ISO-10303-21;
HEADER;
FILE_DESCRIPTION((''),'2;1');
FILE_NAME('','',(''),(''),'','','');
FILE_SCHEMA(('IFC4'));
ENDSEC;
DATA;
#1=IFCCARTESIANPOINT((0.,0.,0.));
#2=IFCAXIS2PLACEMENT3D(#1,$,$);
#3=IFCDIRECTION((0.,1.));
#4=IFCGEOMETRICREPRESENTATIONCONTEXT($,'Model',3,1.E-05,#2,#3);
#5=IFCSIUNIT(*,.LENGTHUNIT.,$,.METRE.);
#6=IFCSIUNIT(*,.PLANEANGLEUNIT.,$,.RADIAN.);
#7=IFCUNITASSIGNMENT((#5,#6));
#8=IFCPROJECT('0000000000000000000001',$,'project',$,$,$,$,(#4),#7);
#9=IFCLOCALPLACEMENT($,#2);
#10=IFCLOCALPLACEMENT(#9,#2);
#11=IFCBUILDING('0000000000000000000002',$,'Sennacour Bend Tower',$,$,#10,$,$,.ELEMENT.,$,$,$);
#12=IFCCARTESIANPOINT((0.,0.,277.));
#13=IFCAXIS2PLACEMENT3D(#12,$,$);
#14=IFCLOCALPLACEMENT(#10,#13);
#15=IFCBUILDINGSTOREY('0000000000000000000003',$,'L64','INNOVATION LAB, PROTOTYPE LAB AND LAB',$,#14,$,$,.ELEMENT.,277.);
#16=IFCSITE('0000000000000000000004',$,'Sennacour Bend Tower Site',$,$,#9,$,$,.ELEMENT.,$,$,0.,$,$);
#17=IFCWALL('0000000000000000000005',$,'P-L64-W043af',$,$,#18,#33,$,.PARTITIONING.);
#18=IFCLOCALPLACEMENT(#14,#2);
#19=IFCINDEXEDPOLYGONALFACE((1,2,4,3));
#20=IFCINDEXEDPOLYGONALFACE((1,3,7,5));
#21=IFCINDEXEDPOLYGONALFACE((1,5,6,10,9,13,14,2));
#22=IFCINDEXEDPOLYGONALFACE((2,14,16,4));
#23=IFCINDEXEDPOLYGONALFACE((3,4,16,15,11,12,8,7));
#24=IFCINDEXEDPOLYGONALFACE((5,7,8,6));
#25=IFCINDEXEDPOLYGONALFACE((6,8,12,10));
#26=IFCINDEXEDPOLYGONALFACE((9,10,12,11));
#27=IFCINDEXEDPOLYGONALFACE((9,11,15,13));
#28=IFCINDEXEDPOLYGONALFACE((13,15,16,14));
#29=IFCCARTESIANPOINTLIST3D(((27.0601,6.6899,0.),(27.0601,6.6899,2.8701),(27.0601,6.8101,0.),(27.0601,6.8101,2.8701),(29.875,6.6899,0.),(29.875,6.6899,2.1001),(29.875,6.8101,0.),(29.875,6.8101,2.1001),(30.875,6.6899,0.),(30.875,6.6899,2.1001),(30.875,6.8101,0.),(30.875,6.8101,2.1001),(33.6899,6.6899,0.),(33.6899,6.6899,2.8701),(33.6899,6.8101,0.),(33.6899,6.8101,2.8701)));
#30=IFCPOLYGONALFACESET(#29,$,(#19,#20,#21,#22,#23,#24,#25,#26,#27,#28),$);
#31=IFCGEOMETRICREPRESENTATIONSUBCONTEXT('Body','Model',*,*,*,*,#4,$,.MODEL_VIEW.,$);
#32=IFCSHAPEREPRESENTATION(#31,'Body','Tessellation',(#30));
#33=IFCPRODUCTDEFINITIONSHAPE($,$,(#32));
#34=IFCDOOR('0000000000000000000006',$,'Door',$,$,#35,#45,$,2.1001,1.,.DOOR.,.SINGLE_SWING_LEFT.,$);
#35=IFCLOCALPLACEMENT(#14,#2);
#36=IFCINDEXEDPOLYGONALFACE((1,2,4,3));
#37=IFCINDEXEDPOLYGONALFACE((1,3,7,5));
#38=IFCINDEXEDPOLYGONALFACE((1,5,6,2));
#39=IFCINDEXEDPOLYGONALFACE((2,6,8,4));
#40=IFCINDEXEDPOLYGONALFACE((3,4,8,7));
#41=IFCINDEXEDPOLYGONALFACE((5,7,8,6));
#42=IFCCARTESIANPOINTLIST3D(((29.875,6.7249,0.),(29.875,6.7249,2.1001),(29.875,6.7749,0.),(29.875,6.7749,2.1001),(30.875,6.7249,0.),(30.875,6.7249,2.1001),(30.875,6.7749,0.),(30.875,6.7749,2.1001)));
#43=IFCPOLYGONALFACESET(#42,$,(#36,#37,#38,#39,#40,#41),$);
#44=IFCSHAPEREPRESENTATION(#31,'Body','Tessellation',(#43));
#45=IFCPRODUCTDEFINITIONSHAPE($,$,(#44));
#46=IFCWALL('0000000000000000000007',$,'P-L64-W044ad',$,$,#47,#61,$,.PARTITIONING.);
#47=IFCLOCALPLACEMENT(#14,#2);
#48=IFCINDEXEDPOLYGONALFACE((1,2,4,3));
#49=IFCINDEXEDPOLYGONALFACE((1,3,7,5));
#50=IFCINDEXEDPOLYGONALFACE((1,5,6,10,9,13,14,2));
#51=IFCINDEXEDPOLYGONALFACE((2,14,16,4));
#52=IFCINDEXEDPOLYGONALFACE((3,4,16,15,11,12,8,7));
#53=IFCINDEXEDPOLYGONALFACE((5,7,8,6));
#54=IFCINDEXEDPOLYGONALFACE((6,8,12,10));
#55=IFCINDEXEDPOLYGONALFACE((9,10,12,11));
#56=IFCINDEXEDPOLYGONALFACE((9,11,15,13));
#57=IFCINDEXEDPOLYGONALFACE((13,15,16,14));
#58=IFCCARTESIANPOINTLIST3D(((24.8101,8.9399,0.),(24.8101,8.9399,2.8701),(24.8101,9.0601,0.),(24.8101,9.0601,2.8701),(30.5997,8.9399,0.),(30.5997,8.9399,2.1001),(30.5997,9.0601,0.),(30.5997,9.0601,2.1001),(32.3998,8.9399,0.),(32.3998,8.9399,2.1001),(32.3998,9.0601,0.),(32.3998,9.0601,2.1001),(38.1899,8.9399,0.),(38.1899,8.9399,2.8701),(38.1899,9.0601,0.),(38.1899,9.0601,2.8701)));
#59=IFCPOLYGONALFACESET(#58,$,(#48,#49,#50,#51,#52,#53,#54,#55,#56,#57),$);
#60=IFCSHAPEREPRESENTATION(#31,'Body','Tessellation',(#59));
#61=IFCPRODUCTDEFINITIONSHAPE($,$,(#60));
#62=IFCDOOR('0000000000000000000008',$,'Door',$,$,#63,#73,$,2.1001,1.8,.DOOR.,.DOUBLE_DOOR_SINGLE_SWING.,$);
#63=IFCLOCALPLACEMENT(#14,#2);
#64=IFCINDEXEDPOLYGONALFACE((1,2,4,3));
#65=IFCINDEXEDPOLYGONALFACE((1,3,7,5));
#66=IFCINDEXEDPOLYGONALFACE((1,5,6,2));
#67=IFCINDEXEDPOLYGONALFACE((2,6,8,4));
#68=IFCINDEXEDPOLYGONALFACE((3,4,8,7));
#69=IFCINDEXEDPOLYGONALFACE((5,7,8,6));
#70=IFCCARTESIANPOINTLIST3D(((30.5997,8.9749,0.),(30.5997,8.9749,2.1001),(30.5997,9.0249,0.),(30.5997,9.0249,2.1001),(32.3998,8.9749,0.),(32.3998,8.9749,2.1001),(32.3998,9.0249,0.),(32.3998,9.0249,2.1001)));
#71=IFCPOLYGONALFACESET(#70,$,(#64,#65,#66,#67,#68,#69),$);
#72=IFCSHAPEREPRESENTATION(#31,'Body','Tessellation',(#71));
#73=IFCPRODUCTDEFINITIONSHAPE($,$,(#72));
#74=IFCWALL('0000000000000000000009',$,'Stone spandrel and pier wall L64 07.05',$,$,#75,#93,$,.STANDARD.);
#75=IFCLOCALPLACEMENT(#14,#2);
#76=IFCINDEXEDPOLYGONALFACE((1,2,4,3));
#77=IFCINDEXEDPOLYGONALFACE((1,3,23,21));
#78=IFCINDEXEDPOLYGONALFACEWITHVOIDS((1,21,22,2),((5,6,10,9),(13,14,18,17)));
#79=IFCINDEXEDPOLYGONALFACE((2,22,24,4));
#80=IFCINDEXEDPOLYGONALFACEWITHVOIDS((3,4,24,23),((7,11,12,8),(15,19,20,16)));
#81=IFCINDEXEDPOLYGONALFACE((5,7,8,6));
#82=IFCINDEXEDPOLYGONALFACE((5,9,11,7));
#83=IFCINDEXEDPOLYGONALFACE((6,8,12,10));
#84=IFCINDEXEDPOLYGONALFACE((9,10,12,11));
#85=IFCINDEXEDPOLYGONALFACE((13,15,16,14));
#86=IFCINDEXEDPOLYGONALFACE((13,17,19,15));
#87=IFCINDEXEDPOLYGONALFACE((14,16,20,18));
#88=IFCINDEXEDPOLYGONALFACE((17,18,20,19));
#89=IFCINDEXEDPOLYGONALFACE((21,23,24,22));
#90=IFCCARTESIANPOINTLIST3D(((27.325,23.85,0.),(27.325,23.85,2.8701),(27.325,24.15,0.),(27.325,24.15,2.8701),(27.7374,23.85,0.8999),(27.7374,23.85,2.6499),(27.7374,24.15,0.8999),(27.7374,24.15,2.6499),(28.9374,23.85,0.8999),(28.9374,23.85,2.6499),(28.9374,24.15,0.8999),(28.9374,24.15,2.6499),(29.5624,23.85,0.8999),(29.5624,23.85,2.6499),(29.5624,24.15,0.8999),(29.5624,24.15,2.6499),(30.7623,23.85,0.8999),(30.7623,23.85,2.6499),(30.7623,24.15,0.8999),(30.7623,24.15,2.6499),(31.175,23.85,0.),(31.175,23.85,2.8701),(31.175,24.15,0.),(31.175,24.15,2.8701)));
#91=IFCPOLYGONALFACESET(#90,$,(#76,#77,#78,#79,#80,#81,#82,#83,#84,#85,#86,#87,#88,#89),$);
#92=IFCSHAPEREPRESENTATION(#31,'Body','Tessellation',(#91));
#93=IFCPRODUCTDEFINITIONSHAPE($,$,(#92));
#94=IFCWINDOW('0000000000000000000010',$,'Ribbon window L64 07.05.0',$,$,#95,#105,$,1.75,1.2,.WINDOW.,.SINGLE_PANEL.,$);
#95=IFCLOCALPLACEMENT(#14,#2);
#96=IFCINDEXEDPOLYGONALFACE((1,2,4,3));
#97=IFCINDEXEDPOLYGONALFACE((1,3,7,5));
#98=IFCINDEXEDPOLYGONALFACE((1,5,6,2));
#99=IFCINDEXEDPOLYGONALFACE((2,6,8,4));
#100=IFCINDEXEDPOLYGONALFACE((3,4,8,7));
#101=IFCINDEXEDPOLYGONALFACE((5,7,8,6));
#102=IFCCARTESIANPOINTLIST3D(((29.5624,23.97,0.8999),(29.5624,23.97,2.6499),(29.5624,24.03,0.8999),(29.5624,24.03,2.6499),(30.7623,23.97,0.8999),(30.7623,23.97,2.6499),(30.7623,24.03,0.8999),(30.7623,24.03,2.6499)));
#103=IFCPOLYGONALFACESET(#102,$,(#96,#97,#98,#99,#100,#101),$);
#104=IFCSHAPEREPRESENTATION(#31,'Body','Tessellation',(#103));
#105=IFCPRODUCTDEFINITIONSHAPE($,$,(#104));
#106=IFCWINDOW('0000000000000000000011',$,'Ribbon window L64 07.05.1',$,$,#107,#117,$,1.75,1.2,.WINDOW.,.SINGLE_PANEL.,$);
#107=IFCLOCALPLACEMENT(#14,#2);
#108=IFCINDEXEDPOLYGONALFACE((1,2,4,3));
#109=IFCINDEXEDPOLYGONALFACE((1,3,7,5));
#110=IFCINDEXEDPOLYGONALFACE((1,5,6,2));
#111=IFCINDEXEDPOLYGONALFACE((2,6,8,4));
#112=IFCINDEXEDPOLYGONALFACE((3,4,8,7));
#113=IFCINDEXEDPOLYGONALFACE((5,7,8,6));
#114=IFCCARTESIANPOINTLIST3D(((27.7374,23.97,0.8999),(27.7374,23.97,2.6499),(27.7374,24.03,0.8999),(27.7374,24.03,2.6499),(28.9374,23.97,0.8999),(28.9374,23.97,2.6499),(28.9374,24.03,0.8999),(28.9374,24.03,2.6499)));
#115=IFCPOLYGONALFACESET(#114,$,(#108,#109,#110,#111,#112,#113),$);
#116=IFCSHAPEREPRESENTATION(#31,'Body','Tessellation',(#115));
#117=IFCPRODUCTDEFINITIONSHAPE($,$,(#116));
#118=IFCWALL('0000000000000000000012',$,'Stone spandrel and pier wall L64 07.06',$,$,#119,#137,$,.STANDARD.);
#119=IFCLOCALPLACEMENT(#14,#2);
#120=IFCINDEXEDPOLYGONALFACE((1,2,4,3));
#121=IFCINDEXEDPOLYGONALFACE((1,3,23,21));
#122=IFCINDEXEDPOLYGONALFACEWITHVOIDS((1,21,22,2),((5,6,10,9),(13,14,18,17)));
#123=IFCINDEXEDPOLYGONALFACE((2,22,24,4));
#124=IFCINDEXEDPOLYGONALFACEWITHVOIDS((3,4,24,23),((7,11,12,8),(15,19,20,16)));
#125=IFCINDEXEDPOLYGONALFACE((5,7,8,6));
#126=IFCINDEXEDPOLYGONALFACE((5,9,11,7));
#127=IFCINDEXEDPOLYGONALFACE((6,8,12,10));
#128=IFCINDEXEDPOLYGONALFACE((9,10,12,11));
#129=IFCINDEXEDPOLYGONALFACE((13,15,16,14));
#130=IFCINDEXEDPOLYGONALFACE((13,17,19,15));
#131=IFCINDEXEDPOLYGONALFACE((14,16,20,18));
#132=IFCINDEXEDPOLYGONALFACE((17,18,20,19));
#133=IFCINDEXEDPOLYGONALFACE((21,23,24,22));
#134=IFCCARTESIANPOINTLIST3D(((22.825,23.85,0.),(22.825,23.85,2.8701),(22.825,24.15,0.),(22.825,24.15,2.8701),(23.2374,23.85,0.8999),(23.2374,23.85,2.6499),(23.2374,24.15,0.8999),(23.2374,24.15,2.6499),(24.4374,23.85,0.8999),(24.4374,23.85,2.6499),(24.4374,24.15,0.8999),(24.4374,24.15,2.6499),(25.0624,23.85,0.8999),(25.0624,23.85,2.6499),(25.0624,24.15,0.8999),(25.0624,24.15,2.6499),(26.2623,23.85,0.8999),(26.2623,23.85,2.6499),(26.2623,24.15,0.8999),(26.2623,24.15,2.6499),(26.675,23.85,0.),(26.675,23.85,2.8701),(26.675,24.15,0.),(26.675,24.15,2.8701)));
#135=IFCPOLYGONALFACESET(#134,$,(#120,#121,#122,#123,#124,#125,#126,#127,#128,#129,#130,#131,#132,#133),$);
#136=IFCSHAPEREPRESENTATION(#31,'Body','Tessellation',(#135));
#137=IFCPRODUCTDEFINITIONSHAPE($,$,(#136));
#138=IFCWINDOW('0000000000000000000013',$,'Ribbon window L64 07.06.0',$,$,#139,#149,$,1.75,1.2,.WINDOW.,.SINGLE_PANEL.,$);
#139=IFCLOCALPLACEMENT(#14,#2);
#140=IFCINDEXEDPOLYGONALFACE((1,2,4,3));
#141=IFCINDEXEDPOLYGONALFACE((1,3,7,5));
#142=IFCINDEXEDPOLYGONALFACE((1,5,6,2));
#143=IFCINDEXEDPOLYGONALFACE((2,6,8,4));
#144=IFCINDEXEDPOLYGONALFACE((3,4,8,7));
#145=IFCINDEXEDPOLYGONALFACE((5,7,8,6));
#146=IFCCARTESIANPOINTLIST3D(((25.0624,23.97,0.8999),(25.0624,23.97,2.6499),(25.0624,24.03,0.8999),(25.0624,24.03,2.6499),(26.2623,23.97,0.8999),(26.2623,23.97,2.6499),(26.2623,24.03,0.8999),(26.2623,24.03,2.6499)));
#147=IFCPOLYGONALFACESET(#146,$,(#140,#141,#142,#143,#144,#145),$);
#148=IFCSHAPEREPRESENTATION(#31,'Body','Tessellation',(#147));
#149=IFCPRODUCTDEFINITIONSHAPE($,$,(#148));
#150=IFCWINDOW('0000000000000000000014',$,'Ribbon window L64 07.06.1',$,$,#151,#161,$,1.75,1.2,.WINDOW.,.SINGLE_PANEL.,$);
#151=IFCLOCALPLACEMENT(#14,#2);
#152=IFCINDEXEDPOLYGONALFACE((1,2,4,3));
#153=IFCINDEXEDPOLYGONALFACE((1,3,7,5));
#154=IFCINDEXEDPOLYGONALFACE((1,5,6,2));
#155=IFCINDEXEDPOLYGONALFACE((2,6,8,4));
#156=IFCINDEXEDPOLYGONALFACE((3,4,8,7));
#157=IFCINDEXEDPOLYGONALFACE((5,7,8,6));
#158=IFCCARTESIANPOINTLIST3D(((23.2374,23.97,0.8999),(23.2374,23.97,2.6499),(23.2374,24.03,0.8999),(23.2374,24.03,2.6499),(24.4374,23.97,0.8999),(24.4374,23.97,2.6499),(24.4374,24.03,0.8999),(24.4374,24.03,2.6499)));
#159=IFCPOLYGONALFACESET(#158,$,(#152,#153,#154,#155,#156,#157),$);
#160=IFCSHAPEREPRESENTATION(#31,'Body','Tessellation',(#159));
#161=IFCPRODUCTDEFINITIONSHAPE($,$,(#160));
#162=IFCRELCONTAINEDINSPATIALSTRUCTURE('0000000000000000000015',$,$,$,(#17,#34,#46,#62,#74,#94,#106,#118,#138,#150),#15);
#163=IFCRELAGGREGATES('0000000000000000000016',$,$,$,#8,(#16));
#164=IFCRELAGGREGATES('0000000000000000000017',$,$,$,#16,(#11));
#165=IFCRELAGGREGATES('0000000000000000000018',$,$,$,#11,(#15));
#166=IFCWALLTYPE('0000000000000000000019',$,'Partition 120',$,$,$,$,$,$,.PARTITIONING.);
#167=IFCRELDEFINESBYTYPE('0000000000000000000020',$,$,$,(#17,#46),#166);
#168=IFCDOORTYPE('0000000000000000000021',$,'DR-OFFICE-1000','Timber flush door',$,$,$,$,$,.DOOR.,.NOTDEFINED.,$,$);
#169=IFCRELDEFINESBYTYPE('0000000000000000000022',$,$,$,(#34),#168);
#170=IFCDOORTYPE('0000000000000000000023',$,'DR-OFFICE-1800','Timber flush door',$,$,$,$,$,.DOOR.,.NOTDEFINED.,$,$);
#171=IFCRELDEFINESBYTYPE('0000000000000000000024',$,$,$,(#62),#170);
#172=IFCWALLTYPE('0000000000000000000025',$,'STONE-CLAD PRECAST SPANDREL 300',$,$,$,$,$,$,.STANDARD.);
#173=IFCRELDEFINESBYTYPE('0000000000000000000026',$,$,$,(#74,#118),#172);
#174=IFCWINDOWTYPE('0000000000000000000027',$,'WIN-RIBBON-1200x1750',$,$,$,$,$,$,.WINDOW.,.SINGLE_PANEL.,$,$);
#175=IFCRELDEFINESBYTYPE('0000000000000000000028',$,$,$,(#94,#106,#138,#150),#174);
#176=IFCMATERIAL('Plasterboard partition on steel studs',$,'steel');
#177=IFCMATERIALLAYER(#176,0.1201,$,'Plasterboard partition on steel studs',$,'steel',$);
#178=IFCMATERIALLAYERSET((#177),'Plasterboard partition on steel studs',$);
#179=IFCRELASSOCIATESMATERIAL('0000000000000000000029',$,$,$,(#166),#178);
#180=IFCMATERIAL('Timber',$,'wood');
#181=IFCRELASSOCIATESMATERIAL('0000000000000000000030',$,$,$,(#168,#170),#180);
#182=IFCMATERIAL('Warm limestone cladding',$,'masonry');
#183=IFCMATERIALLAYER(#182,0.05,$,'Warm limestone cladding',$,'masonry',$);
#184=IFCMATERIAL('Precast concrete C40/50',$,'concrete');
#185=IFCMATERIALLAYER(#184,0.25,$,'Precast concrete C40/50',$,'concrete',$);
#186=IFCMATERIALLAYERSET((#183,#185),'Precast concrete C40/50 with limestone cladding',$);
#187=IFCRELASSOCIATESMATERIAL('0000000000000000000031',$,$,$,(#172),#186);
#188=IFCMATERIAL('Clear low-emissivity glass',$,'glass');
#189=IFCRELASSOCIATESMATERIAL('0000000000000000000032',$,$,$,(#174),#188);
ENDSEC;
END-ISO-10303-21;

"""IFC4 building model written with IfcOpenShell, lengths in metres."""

from ifc_helpers import new_model, si_unit, direction, frame, frame_2d, origin, place, context, subcontext, project, spatial, rectangle, extrude, material, layer, layer_set, type_object, element, fill, save


model = new_model("IFC4")

# Units and contexts
model_context = context("Model", 3, precision=1e-05, world=origin(), true_north=direction((0.0, 1.0)))
body_context = subcontext(model_context, "Body", "Model", "MODEL_VIEW")
ifc_project = project(units=[si_unit("LENGTHUNIT", "METRE"), si_unit("PLANEANGLEUNIT", "RADIAN")], contexts=[model_context])

# Site, building, storey
site_placement = place(None, origin())
site = spatial("IfcSite", under=ifc_project, at=site_placement, Name="Sennacour Bend Tower Site", CompositionType="ELEMENT", RefElevation=0.0)
building_placement = place(site_placement, origin())
building = spatial("IfcBuilding", under=site, at=building_placement, Name="Sennacour Bend Tower", CompositionType="ELEMENT")
storey_placement = place(building_placement, frame((0.0, 0.0, 277.0)))
storey = spatial("IfcBuildingStorey", under=building, at=storey_placement, Name="L64", Description="INNOVATION LAB, PROTOTYPE LAB AND LAB", CompositionType="ELEMENT", Elevation=277.0)

# Shared definitions
ifc_material_1 = material(Name="Plasterboard partition on steel studs", Category="steel")
ifc_layer_1 = layer(ifc_material_1, 0.1201, Name="Plasterboard partition on steel studs", Category="steel")
ifc_layer_set_1 = layer_set([ifc_layer_1], Name="Plasterboard partition on steel studs")
wall_type_1 = type_object("IfcWallType", Name="Partition 120", PredefinedType="PARTITIONING", material=ifc_layer_set_1)

# Walls, openings, doors
ifc_material_2 = material(Name="Timber", Category="wood")
door_type_1 = type_object("IfcDoorType", Name="DR-OFFICE-1000", Description="Timber flush door", OperationType="NOTDEFINED", PredefinedType="DOOR", material=ifc_material_2)
wall_1_placement = place(storey_placement, frame((27.0601, 6.75, 0.0), z_axis=(0.0, 0.0, 1.0), x_axis=(1.0, 0.0, 0.0)))
wall_1 = element("IfcWall", 1, at=wall_1_placement, inside=storey, type_object=wall_type_1, Name="P-L64-W043af", PredefinedType="PARTITIONING", context=body_context, shape_type="SweptSolid", body=[
    extrude(rectangle(XDim=6.6299, YDim=0.1201, at=frame_2d((3.3149, 0.0))), origin(), (0.0, 0.0, 1.0), 2.8701),
])
opening_1_placement = place(wall_1_placement, frame((2.8149, 0.0, 0.0)))
opening_1 = element("IfcOpeningElement", 2, at=opening_1_placement, cuts=wall_1, PredefinedType="OPENING", context=body_context, shape_type="SweptSolid", body=[
    extrude(rectangle(XDim=1.0, YDim=2.1001, at=frame_2d((0.5, 1.05))), frame((0.0, 0.0701, 0.0), z_axis=(0.0, -1.0, 0.0), x_axis=(1.0, 0.0, 0.0)), (0.0, 0.0, 1.0), 0.1401),
])
door_1_placement = place(opening_1_placement, origin())
door_1 = element("IfcDoor", 3, at=door_1_placement, inside=storey, type_object=door_type_1, Name="Door", OperationType="SINGLE_SWING_LEFT", OverallHeight=2.1001, OverallWidth=1.0, PredefinedType="DOOR", context=body_context, shape_type="SweptSolid", body=[
    extrude(rectangle(XDim=1.0, YDim=2.1001, at=frame_2d((0.5, 1.05))), frame((0.0, 0.0249, 0.0), z_axis=(0.0, -1.0, 0.0), x_axis=(1.0, 0.0, 0.0)), (0.0, 0.0, 1.0), 0.05),
])
fill(opening_1, door_1)
wall_2_placement = place(storey_placement, frame((24.8101, 9.0, 0.0), z_axis=(0.0, 0.0, 1.0), x_axis=(1.0, 0.0, 0.0)))
wall_2 = element("IfcWall", 4, at=wall_2_placement, inside=storey, type_object=wall_type_1, Name="P-L64-W044ad", PredefinedType="PARTITIONING", context=body_context, shape_type="SweptSolid", body=[
    extrude(rectangle(XDim=13.3799, YDim=0.1201, at=frame_2d((6.6899, 0.0))), origin(), (0.0, 0.0, 1.0), 2.8701),
])
opening_2_placement = place(wall_2_placement, frame((5.7898, 0.0, 0.0)))
opening_2 = element("IfcOpeningElement", 5, at=opening_2_placement, cuts=wall_2, PredefinedType="OPENING", context=body_context, shape_type="SweptSolid", body=[
    extrude(rectangle(XDim=1.8, YDim=2.1001, at=frame_2d((0.8999, 1.05))), frame((0.0, 0.0701, 0.0), z_axis=(0.0, -1.0, 0.0), x_axis=(1.0, 0.0, 0.0)), (0.0, 0.0, 1.0), 0.1401),
])
door_type_2 = type_object("IfcDoorType", Name="DR-OFFICE-1800", Description="Timber flush door", OperationType="NOTDEFINED", PredefinedType="DOOR", material=ifc_material_2)
door_2_placement = place(opening_2_placement, origin())
door_2 = element("IfcDoor", 6, at=door_2_placement, inside=storey, type_object=door_type_2, Name="Door", OperationType="DOUBLE_DOOR_SINGLE_SWING", OverallHeight=2.1001, OverallWidth=1.8, PredefinedType="DOOR", context=body_context, shape_type="SweptSolid", body=[
    extrude(rectangle(XDim=1.8, YDim=2.1001, at=frame_2d((0.8999, 1.05))), frame((0.0, 0.0249, 0.0), z_axis=(0.0, -1.0, 0.0), x_axis=(1.0, 0.0, 0.0)), (0.0, 0.0, 1.0), 0.05),
])
fill(opening_2, door_2)

# Walls, openings, windows
ifc_material_3 = material(Name="Warm limestone cladding", Category="masonry")
ifc_layer_2 = layer(ifc_material_3, 0.05, Name="Warm limestone cladding", Category="masonry")
ifc_material_4 = material(Name="Precast concrete C40/50", Category="concrete")
ifc_layer_3 = layer(ifc_material_4, 0.25, Name="Precast concrete C40/50", Category="concrete")
ifc_layer_set_2 = layer_set([ifc_layer_2, ifc_layer_3], Name="Precast concrete C40/50 with limestone cladding")
wall_type_2 = type_object("IfcWallType", Name="STONE-CLAD PRECAST SPANDREL 300", PredefinedType="STANDARD", material=ifc_layer_set_2)
wall_3_placement = place(storey_placement, frame((31.175, 24.0, 0.0), z_axis=(0.0, 0.0, 1.0), x_axis=(-1.0, 0.0, 0.0)))
wall_3 = element("IfcWall", 7, at=wall_3_placement, inside=storey, type_object=wall_type_2, Name="Stone spandrel and pier wall L64 07.05", PredefinedType="STANDARD", context=body_context, shape_type="SweptSolid", body=[
    extrude(rectangle(XDim=3.8501, YDim=0.3, at=frame_2d((1.925, 0.0))), origin(), (0.0, 0.0, 1.0), 2.8701),
])
opening_3_placement = place(wall_3_placement, frame((0.4126, 0.0, 0.8999)))
opening_3 = element("IfcOpeningElement", 8, at=opening_3_placement, cuts=wall_3, PredefinedType="OPENING", context=body_context, shape_type="SweptSolid", body=[
    extrude(rectangle(XDim=1.2, YDim=1.75, at=frame_2d((0.6001, 0.875))), frame((0.0, 0.1602, 0.0), z_axis=(0.0, -1.0, 0.0), x_axis=(1.0, 0.0, 0.0)), (0.0, 0.0, 1.0), 0.3201),
])
opening_4_placement = place(wall_3_placement, frame((2.2375, 0.0, 0.8999)))
opening_4 = element("IfcOpeningElement", 9, at=opening_4_placement, cuts=wall_3, PredefinedType="OPENING", context=body_context, shape_type="SweptSolid", body=[
    extrude(rectangle(XDim=1.2, YDim=1.75, at=frame_2d((0.6001, 0.875))), frame((0.0, 0.1602, 0.0), z_axis=(0.0, -1.0, 0.0), x_axis=(1.0, 0.0, 0.0)), (0.0, 0.0, 1.0), 0.3201),
])
ifc_material_5 = material(Name="Clear low-emissivity glass", Category="glass")
window_type = type_object("IfcWindowType", Name="WIN-RIBBON-1200x1750", PartitioningType="SINGLE_PANEL", PredefinedType="WINDOW", material=ifc_material_5)
window_1_placement = place(opening_3_placement, origin())
window_1 = element("IfcWindow", 10, at=window_1_placement, inside=storey, type_object=window_type, Name="Ribbon window L64 07.05.0", OverallHeight=1.75, OverallWidth=1.2, PartitioningType="SINGLE_PANEL", PredefinedType="WINDOW", context=body_context, shape_type="SweptSolid", body=[
    extrude(rectangle(XDim=1.2, YDim=1.75, at=frame_2d((0.6001, 0.875))), frame((0.0, 0.03, 0.0), z_axis=(0.0, -1.0, 0.0), x_axis=(1.0, 0.0, 0.0)), (0.0, 0.0, 1.0), 0.0601),
])
fill(opening_3, window_1)
window_2_placement = place(opening_4_placement, origin())
window_2 = element("IfcWindow", 11, at=window_2_placement, inside=storey, type_object=window_type, Name="Ribbon window L64 07.05.1", OverallHeight=1.75, OverallWidth=1.2, PartitioningType="SINGLE_PANEL", PredefinedType="WINDOW", context=body_context, shape_type="SweptSolid", body=[
    extrude(rectangle(XDim=1.2, YDim=1.75, at=frame_2d((0.6001, 0.875))), frame((0.0, 0.03, 0.0), z_axis=(0.0, -1.0, 0.0), x_axis=(1.0, 0.0, 0.0)), (0.0, 0.0, 1.0), 0.0601),
])
fill(opening_4, window_2)
wall_4_placement = place(storey_placement, frame((26.675, 24.0, 0.0), z_axis=(0.0, 0.0, 1.0), x_axis=(-1.0, 0.0, 0.0)))
wall_4 = element("IfcWall", 12, at=wall_4_placement, inside=storey, type_object=wall_type_2, Name="Stone spandrel and pier wall L64 07.06", PredefinedType="STANDARD", context=body_context, shape_type="SweptSolid", body=[
    extrude(rectangle(XDim=3.8501, YDim=0.3, at=frame_2d((1.925, 0.0))), origin(), (0.0, 0.0, 1.0), 2.8701),
])
opening_5_placement = place(wall_4_placement, frame((0.4126, 0.0, 0.8999)))
opening_5 = element("IfcOpeningElement", 13, at=opening_5_placement, cuts=wall_4, PredefinedType="OPENING", context=body_context, shape_type="SweptSolid", body=[
    extrude(rectangle(XDim=1.2, YDim=1.75, at=frame_2d((0.6001, 0.875))), frame((0.0, 0.1602, 0.0), z_axis=(0.0, -1.0, 0.0), x_axis=(1.0, 0.0, 0.0)), (0.0, 0.0, 1.0), 0.3201),
])
opening_6_placement = place(wall_4_placement, frame((2.2375, 0.0, 0.8999)))
opening_6 = element("IfcOpeningElement", 14, at=opening_6_placement, cuts=wall_4, PredefinedType="OPENING", context=body_context, shape_type="SweptSolid", body=[
    extrude(rectangle(XDim=1.2, YDim=1.75, at=frame_2d((0.6001, 0.875))), frame((0.0, 0.1602, 0.0), z_axis=(0.0, -1.0, 0.0), x_axis=(1.0, 0.0, 0.0)), (0.0, 0.0, 1.0), 0.3201),
])
window_3_placement = place(opening_5_placement, origin())
window_3 = element("IfcWindow", 15, at=window_3_placement, inside=storey, type_object=window_type, Name="Ribbon window L64 07.06.0", OverallHeight=1.75, OverallWidth=1.2, PartitioningType="SINGLE_PANEL", PredefinedType="WINDOW", context=body_context, shape_type="SweptSolid", body=[
    extrude(rectangle(XDim=1.2, YDim=1.75, at=frame_2d((0.6001, 0.875))), frame((0.0, 0.03, 0.0), z_axis=(0.0, -1.0, 0.0), x_axis=(1.0, 0.0, 0.0)), (0.0, 0.0, 1.0), 0.0601),
])
fill(opening_5, window_3)
window_4_placement = place(opening_6_placement, origin())
window_4 = element("IfcWindow", 16, at=window_4_placement, inside=storey, type_object=window_type, Name="Ribbon window L64 07.06.1", OverallHeight=1.75, OverallWidth=1.2, PartitioningType="SINGLE_PANEL", PredefinedType="WINDOW", context=body_context, shape_type="SweptSolid", body=[
    extrude(rectangle(XDim=1.2, YDim=1.75, at=frame_2d((0.6001, 0.875))), frame((0.0, 0.03, 0.0), z_axis=(0.0, -1.0, 0.0), x_axis=(1.0, 0.0, 0.0)), (0.0, 0.0, 1.0), 0.0601),
])
fill(opening_6, window_4)

save(model, "model.ifc")
